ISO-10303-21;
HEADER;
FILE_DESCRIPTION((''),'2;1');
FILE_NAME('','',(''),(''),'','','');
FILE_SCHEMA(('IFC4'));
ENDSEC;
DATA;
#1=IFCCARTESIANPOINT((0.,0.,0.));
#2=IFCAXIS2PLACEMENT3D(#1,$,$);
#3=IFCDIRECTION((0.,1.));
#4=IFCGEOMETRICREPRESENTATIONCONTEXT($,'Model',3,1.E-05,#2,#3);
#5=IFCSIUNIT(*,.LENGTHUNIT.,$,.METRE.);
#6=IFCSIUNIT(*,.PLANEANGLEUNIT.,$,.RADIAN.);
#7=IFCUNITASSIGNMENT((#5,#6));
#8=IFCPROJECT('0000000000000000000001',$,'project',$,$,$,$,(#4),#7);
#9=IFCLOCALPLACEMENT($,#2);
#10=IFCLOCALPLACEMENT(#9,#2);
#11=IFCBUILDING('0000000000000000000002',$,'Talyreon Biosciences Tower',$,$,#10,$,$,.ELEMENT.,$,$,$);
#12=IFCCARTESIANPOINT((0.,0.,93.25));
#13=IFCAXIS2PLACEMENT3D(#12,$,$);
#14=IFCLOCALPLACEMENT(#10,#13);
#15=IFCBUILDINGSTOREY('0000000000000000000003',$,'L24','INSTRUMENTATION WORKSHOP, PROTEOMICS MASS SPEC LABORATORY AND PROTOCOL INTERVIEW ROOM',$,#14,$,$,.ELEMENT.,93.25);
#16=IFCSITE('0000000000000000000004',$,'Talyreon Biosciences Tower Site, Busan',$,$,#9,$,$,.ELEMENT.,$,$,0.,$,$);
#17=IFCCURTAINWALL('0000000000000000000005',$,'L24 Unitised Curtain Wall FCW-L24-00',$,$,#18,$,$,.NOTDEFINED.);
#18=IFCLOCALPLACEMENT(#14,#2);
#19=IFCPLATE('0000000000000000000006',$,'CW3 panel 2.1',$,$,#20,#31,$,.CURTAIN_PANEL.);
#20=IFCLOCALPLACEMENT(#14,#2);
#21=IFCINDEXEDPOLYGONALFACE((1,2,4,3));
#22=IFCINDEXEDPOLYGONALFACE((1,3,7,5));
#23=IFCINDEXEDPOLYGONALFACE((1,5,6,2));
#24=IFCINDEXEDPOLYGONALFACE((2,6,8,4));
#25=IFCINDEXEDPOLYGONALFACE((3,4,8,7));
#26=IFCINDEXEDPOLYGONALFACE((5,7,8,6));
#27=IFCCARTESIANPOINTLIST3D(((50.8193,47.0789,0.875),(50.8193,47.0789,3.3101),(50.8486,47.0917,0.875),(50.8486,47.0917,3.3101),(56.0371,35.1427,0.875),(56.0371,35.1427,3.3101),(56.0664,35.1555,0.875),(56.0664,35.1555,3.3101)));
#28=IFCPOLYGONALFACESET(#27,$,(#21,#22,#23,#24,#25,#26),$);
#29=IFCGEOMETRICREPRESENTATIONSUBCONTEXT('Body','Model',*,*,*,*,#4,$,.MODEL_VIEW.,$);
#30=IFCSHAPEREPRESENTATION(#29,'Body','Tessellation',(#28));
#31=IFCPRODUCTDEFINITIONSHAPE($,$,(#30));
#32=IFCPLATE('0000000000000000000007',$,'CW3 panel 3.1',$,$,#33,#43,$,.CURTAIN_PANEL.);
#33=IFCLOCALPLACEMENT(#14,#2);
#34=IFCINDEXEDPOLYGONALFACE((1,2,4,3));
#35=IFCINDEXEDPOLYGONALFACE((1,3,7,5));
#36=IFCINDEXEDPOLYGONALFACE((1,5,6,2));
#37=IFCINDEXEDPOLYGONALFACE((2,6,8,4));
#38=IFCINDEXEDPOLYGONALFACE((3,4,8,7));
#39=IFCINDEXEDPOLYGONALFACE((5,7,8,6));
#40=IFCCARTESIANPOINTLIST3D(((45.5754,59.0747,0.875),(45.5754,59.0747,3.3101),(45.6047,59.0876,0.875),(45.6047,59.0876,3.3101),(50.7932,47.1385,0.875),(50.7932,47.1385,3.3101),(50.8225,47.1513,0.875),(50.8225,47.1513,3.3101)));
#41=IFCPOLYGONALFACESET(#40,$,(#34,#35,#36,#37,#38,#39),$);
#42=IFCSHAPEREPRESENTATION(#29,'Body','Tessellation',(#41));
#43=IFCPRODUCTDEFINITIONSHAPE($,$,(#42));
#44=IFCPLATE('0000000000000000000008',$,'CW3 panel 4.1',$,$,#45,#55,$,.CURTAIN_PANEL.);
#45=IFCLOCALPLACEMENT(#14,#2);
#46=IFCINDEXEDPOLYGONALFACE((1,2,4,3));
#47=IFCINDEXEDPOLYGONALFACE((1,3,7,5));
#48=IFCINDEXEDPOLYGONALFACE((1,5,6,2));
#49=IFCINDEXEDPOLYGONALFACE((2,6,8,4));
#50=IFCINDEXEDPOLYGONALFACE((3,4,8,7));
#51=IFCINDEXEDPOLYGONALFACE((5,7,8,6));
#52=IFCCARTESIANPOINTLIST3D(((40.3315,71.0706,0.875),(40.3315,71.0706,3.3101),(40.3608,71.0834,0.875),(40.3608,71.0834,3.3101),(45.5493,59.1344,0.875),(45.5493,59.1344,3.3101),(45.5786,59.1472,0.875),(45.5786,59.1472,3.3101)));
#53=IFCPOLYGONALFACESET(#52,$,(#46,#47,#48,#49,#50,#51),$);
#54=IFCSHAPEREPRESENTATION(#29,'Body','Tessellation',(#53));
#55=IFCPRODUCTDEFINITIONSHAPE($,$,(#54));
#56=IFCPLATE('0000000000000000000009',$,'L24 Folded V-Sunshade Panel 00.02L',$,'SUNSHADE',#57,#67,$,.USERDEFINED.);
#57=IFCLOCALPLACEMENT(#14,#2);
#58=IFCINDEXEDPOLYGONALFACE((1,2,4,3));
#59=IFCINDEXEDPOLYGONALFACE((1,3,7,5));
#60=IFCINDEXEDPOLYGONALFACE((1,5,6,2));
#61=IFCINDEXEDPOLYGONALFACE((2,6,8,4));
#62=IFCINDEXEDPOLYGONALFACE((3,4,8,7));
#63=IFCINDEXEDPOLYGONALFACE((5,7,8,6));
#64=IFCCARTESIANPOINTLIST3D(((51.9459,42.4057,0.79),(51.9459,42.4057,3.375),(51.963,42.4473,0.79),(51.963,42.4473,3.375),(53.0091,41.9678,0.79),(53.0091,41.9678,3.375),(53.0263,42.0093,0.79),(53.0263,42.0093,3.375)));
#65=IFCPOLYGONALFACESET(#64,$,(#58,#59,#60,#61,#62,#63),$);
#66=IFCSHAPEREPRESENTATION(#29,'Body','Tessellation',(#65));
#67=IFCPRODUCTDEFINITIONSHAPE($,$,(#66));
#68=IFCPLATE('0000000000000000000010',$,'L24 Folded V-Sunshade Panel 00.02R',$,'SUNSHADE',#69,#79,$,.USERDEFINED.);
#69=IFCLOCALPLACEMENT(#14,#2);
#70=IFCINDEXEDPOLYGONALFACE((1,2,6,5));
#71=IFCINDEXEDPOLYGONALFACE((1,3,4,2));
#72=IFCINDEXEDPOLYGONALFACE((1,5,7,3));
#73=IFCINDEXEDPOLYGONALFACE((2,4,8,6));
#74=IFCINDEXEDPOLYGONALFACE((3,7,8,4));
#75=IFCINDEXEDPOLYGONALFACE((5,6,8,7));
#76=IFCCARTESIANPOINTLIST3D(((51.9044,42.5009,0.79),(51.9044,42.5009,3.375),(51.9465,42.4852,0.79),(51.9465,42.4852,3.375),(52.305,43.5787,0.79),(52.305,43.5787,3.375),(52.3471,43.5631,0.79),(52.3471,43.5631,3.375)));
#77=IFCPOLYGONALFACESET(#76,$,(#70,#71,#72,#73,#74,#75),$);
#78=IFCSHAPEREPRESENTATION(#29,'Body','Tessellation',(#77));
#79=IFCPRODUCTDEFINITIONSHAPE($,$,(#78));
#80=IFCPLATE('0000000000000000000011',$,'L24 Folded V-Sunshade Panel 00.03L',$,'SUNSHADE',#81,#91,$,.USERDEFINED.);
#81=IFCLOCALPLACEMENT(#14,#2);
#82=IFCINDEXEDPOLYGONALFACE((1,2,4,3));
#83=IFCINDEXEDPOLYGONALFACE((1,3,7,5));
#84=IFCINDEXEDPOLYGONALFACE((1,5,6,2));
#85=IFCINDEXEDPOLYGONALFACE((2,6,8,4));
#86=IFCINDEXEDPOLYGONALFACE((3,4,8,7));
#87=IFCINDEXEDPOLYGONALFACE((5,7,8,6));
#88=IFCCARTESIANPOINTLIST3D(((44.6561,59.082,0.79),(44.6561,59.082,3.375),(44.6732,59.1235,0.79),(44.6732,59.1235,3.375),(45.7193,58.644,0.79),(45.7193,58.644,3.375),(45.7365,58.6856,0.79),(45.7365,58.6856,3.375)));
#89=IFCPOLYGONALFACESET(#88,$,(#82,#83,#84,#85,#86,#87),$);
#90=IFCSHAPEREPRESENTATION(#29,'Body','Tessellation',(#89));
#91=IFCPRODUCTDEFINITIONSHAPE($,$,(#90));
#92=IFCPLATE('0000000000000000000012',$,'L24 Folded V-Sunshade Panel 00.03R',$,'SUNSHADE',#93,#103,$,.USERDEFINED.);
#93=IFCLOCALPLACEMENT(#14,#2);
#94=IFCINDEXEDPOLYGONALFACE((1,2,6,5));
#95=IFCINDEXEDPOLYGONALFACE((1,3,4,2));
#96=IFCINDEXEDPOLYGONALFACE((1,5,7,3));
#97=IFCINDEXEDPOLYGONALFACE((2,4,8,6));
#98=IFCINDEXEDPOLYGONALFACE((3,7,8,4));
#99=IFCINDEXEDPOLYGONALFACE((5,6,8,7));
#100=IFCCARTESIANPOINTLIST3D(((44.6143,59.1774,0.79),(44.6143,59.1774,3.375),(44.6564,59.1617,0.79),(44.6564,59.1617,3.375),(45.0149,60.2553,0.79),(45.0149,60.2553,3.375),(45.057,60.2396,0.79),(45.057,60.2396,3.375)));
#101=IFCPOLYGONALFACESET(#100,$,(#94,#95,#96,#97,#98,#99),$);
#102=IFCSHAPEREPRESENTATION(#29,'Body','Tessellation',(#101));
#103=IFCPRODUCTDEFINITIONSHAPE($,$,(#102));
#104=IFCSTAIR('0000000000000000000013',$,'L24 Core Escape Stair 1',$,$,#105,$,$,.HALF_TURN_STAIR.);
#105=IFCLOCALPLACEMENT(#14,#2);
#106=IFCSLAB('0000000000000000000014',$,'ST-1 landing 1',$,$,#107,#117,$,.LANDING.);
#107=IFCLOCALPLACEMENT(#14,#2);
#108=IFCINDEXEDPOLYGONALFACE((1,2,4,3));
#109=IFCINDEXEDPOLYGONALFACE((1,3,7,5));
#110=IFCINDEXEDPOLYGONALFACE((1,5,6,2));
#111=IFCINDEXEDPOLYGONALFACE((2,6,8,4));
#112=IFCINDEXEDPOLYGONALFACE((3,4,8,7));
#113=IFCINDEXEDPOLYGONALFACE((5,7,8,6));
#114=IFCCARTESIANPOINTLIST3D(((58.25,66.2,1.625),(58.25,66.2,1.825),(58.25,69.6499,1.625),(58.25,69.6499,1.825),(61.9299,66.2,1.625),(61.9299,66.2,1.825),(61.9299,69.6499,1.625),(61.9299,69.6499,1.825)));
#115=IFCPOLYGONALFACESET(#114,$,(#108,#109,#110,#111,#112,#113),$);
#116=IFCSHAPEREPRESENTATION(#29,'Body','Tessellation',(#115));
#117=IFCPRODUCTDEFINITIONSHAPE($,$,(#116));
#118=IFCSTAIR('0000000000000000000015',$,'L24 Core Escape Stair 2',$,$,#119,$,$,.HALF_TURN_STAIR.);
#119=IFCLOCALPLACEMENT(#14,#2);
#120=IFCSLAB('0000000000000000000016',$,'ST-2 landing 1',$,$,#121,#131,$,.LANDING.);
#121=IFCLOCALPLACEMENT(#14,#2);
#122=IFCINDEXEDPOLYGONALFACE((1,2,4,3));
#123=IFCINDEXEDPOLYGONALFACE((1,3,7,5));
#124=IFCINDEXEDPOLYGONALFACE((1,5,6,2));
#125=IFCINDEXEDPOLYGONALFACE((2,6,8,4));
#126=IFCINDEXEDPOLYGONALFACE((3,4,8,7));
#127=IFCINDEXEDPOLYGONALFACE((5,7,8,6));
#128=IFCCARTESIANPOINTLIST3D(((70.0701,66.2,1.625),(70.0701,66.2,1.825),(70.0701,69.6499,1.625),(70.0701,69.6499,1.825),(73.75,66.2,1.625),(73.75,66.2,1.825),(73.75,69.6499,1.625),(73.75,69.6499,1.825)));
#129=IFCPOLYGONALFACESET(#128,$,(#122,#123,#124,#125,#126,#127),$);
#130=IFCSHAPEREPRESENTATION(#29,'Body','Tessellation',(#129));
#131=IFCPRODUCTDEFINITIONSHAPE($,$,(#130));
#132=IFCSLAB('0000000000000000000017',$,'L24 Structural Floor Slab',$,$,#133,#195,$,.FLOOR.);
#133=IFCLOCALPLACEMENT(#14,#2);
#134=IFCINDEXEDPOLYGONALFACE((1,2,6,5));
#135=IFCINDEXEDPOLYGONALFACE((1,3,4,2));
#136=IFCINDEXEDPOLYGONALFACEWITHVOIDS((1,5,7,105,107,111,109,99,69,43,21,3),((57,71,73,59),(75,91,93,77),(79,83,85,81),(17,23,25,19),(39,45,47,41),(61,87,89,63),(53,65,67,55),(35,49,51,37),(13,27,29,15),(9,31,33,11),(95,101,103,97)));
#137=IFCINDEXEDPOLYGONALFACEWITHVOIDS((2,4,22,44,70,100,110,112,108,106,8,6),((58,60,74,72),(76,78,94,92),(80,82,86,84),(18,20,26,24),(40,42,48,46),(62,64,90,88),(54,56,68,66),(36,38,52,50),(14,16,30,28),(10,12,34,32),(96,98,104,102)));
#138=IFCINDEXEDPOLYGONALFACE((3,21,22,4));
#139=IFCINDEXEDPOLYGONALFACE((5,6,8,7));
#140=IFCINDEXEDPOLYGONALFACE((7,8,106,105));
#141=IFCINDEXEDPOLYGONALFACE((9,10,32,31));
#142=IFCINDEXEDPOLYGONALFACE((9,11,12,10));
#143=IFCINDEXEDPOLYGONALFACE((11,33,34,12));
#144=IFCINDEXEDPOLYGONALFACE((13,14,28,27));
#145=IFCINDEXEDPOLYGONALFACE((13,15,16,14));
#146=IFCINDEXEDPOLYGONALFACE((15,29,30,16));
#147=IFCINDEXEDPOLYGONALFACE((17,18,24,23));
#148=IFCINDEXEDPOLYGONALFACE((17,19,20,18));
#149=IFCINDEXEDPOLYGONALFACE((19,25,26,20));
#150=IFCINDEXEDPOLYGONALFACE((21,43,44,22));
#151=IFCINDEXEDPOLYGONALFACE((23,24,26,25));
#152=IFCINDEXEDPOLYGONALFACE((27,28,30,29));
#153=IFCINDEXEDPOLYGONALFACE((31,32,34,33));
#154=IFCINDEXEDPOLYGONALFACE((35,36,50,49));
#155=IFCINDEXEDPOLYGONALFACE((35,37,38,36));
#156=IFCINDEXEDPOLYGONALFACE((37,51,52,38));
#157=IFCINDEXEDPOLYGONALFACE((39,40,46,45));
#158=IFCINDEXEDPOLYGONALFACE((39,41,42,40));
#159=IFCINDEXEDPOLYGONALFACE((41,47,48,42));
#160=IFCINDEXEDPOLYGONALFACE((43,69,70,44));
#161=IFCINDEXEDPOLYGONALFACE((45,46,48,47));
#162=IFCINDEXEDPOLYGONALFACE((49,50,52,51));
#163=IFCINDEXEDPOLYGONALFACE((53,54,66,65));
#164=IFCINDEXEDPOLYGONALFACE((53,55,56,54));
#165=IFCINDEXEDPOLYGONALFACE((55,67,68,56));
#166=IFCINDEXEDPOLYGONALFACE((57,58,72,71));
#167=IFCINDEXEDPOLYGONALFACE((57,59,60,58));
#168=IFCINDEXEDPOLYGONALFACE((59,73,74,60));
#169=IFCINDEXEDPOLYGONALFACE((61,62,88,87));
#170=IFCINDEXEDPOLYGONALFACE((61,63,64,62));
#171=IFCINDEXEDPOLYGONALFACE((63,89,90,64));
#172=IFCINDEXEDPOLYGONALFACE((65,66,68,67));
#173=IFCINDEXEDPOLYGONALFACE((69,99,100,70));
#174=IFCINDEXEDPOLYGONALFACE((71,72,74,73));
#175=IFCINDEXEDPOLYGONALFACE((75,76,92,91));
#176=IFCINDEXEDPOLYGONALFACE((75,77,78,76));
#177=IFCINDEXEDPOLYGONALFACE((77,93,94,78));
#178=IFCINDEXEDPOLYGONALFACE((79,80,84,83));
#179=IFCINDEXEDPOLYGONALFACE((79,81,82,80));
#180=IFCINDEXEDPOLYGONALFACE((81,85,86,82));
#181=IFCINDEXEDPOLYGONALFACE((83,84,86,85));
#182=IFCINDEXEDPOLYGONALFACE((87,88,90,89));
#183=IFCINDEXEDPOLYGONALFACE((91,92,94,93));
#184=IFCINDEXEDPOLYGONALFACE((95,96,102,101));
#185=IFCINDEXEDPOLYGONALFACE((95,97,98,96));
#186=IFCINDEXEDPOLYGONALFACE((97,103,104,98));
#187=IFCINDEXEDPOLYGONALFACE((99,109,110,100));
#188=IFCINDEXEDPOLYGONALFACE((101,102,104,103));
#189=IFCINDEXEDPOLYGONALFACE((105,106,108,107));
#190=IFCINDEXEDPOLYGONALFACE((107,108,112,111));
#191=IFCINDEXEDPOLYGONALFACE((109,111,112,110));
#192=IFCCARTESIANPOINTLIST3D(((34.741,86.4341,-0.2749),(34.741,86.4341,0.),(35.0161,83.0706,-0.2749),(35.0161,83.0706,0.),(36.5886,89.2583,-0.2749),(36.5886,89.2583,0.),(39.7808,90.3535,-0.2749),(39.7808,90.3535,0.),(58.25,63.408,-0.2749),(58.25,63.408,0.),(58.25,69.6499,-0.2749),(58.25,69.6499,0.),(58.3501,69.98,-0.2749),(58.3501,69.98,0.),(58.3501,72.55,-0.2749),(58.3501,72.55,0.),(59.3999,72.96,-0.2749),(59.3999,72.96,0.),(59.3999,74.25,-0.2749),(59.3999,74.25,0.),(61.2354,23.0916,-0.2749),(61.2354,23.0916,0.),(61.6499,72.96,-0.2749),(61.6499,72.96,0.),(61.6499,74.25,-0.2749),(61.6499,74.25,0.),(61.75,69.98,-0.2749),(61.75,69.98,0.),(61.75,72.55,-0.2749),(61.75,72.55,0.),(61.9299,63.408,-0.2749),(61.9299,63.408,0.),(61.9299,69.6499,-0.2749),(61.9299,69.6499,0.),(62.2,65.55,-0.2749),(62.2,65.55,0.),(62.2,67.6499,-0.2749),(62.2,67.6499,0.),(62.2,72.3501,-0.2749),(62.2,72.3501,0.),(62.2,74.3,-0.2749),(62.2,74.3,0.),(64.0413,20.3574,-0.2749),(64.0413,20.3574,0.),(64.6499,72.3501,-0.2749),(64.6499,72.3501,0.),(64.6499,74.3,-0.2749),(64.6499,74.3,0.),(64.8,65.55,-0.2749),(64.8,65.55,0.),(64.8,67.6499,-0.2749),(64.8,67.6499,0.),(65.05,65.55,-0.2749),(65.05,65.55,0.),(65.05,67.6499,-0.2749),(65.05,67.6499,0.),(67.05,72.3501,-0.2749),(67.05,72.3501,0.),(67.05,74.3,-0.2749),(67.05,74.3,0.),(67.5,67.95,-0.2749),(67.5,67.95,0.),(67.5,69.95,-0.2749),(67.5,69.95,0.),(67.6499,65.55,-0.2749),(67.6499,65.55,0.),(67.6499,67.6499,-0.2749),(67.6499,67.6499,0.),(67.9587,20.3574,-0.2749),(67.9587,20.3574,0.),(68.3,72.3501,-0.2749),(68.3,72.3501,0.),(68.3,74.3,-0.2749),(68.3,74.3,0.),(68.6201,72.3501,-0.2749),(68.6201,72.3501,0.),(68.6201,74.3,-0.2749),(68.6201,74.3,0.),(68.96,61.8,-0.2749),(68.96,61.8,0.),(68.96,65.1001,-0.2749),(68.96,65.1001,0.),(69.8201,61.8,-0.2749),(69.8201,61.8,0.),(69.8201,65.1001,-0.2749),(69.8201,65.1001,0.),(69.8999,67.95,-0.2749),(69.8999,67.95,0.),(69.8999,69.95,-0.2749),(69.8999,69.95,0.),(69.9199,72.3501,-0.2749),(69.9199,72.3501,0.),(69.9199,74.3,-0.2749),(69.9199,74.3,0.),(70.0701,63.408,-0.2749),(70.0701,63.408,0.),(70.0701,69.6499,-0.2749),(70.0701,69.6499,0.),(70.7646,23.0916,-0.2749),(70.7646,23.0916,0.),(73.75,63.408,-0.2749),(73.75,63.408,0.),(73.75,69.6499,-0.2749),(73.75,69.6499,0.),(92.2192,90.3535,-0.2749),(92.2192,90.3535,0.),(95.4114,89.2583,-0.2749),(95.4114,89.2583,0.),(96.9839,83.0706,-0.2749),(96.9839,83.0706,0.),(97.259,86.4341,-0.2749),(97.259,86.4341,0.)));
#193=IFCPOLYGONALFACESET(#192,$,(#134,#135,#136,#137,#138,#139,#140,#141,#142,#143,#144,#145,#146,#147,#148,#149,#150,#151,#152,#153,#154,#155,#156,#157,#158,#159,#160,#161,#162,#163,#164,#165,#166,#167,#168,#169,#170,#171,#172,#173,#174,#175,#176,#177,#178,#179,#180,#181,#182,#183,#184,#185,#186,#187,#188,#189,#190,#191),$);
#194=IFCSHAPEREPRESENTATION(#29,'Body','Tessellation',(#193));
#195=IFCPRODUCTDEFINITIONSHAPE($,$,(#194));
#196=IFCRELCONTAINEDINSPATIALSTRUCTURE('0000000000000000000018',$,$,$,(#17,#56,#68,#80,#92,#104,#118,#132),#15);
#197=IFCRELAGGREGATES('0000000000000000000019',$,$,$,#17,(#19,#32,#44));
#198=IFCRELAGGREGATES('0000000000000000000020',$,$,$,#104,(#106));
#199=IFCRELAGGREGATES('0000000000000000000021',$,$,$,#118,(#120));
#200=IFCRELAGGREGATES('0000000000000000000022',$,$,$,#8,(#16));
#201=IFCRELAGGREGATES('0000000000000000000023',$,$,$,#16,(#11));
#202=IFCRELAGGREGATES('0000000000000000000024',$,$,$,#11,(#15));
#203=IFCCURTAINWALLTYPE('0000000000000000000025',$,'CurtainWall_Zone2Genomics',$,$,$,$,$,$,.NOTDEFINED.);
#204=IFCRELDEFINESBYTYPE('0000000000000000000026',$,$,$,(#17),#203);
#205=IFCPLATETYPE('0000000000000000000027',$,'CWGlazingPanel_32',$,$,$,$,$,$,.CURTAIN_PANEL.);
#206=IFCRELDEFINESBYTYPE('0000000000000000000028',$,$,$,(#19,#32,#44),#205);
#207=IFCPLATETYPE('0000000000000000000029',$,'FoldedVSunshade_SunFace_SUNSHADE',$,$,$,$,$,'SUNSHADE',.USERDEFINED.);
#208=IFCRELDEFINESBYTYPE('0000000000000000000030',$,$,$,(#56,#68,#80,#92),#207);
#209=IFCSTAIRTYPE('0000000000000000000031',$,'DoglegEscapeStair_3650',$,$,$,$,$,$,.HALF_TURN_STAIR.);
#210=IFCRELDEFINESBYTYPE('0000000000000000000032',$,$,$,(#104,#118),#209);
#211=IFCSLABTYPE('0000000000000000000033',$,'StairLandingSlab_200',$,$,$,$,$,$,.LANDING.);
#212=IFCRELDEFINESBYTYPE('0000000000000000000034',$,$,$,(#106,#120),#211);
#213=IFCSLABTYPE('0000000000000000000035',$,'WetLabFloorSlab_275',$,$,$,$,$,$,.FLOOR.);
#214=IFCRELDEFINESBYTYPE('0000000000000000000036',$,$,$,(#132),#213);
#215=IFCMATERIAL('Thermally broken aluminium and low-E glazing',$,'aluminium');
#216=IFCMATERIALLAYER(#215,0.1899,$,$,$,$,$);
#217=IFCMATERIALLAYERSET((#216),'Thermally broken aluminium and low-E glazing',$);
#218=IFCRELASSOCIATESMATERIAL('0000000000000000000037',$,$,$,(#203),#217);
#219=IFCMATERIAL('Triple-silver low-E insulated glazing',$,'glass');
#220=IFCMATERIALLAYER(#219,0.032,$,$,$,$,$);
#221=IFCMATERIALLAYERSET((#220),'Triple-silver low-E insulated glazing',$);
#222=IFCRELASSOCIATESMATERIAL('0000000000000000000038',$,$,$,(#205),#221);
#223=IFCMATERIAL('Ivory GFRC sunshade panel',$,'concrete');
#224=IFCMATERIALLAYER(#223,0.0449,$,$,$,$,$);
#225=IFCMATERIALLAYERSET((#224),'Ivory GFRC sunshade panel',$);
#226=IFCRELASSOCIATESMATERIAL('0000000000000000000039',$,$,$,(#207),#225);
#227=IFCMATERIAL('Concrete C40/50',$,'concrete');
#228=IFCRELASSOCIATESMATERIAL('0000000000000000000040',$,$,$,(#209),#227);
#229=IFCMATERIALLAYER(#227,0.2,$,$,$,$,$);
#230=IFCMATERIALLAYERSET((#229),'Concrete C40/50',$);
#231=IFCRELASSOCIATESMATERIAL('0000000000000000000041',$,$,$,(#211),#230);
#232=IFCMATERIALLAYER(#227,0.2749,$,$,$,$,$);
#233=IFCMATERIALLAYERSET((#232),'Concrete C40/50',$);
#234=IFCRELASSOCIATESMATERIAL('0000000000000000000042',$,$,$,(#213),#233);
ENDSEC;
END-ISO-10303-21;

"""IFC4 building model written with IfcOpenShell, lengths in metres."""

from ifc_helpers import new_model, si_unit, direction, frame, origin, origin_2d, place, context, subcontext, project, spatial, polyline, rectangle, outline, extrude, material, layer, layer_set, type_object, element, aggregate, save


model = new_model("IFC4")

# Units and contexts
model_context = context("Model", 3, precision=1e-05, world=origin(), true_north=direction((0.0, 1.0)))
body_context = subcontext(model_context, "Body", "Model", "MODEL_VIEW")
ifc_project = project(units=[si_unit("LENGTHUNIT", "METRE"), si_unit("PLANEANGLEUNIT", "RADIAN")], contexts=[model_context])

# Site, building, storey
site_placement = place(None, origin())
site = spatial("IfcSite", under=ifc_project, at=site_placement, Name="Talyreon Biosciences Tower Site, Busan", CompositionType="ELEMENT", RefElevation=0.0)
building_placement = place(site_placement, origin())
building = spatial("IfcBuilding", under=site, at=building_placement, Name="Talyreon Biosciences Tower", CompositionType="ELEMENT")
storey_placement = place(building_placement, frame((0.0, 0.0, 93.25)))
storey = spatial("IfcBuildingStorey", under=building, at=storey_placement, Name="L24", Description="INSTRUMENTATION WORKSHOP, PROTEOMICS MASS SPEC LABORATORY AND PROTOCOL INTERVIEW ROOM", CompositionType="ELEMENT", Elevation=93.25)

# Curtain wall
ifc_material_1 = material(Name="Thermally broken aluminium and low-E glazing", Category="aluminium")
ifc_layer_1 = layer(ifc_material_1, 0.1899)
ifc_layer_set_1 = layer_set([ifc_layer_1], Name="Thermally broken aluminium and low-E glazing")
curtain_wall_type = type_object("IfcCurtainWallType", Name="CurtainWall_Zone2Genomics", PredefinedType="NOTDEFINED", material=ifc_layer_set_1)
curtain_wall_placement = place(storey_placement, origin())
curtain_wall = element("IfcCurtainWall", 1, at=curtain_wall_placement, inside=storey, type_object=curtain_wall_type, Name="L24 Unitised Curtain Wall FCW-L24-00", PredefinedType="NOTDEFINED")

# Plates
ifc_material_2 = material(Name="Triple-silver low-E insulated glazing", Category="glass")
ifc_layer_2 = layer(ifc_material_2, 0.032)
ifc_layer_set_2 = layer_set([ifc_layer_2], Name="Triple-silver low-E insulated glazing")
plate_type_1 = type_object("IfcPlateType", Name="CWGlazingPanel_32", PredefinedType="CURTAIN_PANEL", material=ifc_layer_set_2)
plate_1_placement = place(storey_placement, frame((53.4429, 41.1172, 0.875), z_axis=(0.0, 0.0, 1.0), x_axis=(-0.400542, 0.916278, 0.0)))
plate_1 = element("IfcPlate", 2, at=plate_1_placement, type_object=plate_type_1, Name="CW3 panel 2.1", PredefinedType="CURTAIN_PANEL", context=body_context, shape_type="SweptSolid", body=[
    extrude(rectangle(XDim=13.0269, YDim=0.032, at=origin_2d()), origin(), (0.0, 0.0, 1.0), 2.4351),
])
plate_2_placement = place(storey_placement, frame((48.199, 53.113, 0.875), z_axis=(0.0, 0.0, 1.0), x_axis=(-0.400542, 0.916278, 0.0)))
plate_2 = element("IfcPlate", 3, at=plate_2_placement, type_object=plate_type_1, Name="CW3 panel 3.1", PredefinedType="CURTAIN_PANEL", context=body_context, shape_type="SweptSolid", body=[
    extrude(rectangle(XDim=13.0269, YDim=0.032, at=origin_2d()), origin(), (0.0, 0.0, 1.0), 2.4351),
])
plate_3_placement = place(storey_placement, frame((42.9551, 65.1089, 0.875), z_axis=(0.0, 0.0, 1.0), x_axis=(-0.400542, 0.916278, 0.0)))
plate_3 = element("IfcPlate", 4, at=plate_3_placement, type_object=plate_type_1, Name="CW3 panel 4.1", PredefinedType="CURTAIN_PANEL", context=body_context, shape_type="SweptSolid", body=[
    extrude(rectangle(XDim=13.0269, YDim=0.032, at=origin_2d()), origin(), (0.0, 0.0, 1.0), 2.4351),
])
aggregate(curtain_wall, [plate_1, plate_2, plate_3])

# Plates
ifc_material_3 = material(Name="Ivory GFRC sunshade panel", Category="concrete")
ifc_layer_3 = layer(ifc_material_3, 0.0449)
ifc_layer_set_3 = layer_set([ifc_layer_3], Name="Ivory GFRC sunshade panel")
plate_type_2 = type_object("IfcPlateType", Name="FoldedVSunshade_SunFace_SUNSHADE", ElementType="SUNSHADE", PredefinedType="USERDEFINED", material=ifc_layer_set_3)
for number, where, z_axis, x_axis, name in (
    (5, (52.4861, 42.2075, 0.79), (0.0, 0.0, 1.0), (-0.924626, 0.380877, 0.0), "L24 Folded V-Sunshade Panel 00.02L"),
    (6, (52.1257, 43.032, 0.79), (0.0, 0.0, 1.0), (0.348376, 0.937355, 0.0), "L24 Folded V-Sunshade Panel 00.02R"),
    (7, (45.1963, 58.8838, 0.79), (0.0, 0.0, 1.0), (-0.924626, 0.380877, 0.0), "L24 Folded V-Sunshade Panel 00.03L"),
    (8, (44.8357, 59.7085, 0.79), (0.0, 0.0, 1.0), (0.348376, 0.937355, 0.0), "L24 Folded V-Sunshade Panel 00.03R"),
):
    element("IfcPlate", number, at=place(storey_placement, frame(where, z_axis=z_axis, x_axis=x_axis)), inside=storey, type_object=plate_type_2, Name=name, ObjectType="SUNSHADE", PredefinedType="USERDEFINED", context=body_context, shape_type="SweptSolid", body=[
        extrude(rectangle(XDim=1.1499, YDim=0.0449, at=origin_2d()), origin(), (0.0, 0.0, 1.0), 2.585),
    ])

# Stairs, slabs
ifc_material_4 = material(Name="Concrete C40/50", Category="concrete")
stair_type = type_object("IfcStairType", Name="DoglegEscapeStair_3650", PredefinedType="HALF_TURN_STAIR", material=ifc_material_4)
stair_1_placement = place(storey_placement, origin())
stair_1 = element("IfcStair", 9, at=stair_1_placement, inside=storey, type_object=stair_type, Name="L24 Core Escape Stair 1", PredefinedType="HALF_TURN_STAIR")
ifc_layer_4 = layer(ifc_material_4, 0.2)
ifc_layer_set_4 = layer_set([ifc_layer_4], Name="Concrete C40/50")
slab_type_1 = type_object("IfcSlabType", Name="StairLandingSlab_200", PredefinedType="LANDING", material=ifc_layer_set_4)
slab_1_placement = place(storey_placement, frame((0.0, 0.0, 1.625)))
slab_1 = element("IfcSlab", 10, at=slab_1_placement, type_object=slab_type_1, Name="ST-1 landing 1", PredefinedType="LANDING", context=body_context, shape_type="SweptSolid", body=[
    extrude(outline(polyline([(61.9299, 66.2), (61.9299, 69.6499), (58.25, 69.6499), (58.25, 66.2), (61.9299, 66.2)])), origin(), (0.0, 0.0, 1.0), 0.2),
])
aggregate(stair_1, [slab_1])
stair_2_placement = place(storey_placement, origin())
stair_2 = element("IfcStair", 11, at=stair_2_placement, inside=storey, type_object=stair_type, Name="L24 Core Escape Stair 2", PredefinedType="HALF_TURN_STAIR")
slab_2_placement = place(storey_placement, frame((0.0, 0.0, 1.625)))
slab_2 = element("IfcSlab", 12, at=slab_2_placement, type_object=slab_type_1, Name="ST-2 landing 1", PredefinedType="LANDING", context=body_context, shape_type="SweptSolid", body=[
    extrude(outline(polyline([(73.75, 66.2), (73.75, 69.6499), (70.0701, 69.6499), (70.0701, 66.2), (73.75, 66.2)])), origin(), (0.0, 0.0, 1.0), 0.2),
])
aggregate(stair_2, [slab_2])

# Slab
ifc_layer_5 = layer(ifc_material_4, 0.2749)
ifc_layer_set_5 = layer_set([ifc_layer_5], Name="Concrete C40/50")
slab_type_2 = type_object("IfcSlabType", Name="WetLabFloorSlab_275", PredefinedType="FLOOR", material=ifc_layer_set_5)
slab_3_placement = place(storey_placement, frame((0.0, 0.0, -0.2749)))
element("IfcSlab", 13, at=slab_3_placement, inside=storey, type_object=slab_type_2, Name="L24 Structural Floor Slab", PredefinedType="FLOOR", context=body_context, shape_type="SweptSolid", body=[
    extrude(outline(polyline([(61.2354, 23.0916), (35.0161, 83.0706), (34.741, 86.4341), (36.5886, 89.2583), (39.7808, 90.3535), (92.2192, 90.3535), (95.4114, 89.2583), (97.259, 86.4341), (96.9839, 83.0706), (70.7646, 23.0916), (67.9587, 20.3574), (64.0413, 20.3574), (61.2354, 23.0916)]), holes=[polyline([(61.9299, 69.6499), (61.9299, 63.408), (58.25, 63.408), (58.25, 69.6499), (61.9299, 69.6499)]), polyline([(64.8, 67.6499), (64.8, 65.55), (62.2, 65.55), (62.2, 67.6499), (64.8, 67.6499)]), polyline([(67.6499, 67.6499), (67.6499, 65.55), (65.05, 65.55), (65.05, 67.6499), (67.6499, 67.6499)]), polyline([(61.75, 69.98), (58.3501, 69.98), (58.3501, 72.55), (61.75, 72.55), (61.75, 69.98)]), polyline([(64.6499, 72.3501), (62.2, 72.3501), (62.2, 74.3), (64.6499, 74.3), (64.6499, 72.3501)]), polyline([(61.6499, 74.25), (61.6499, 72.96), (59.3999, 72.96), (59.3999, 74.25), (61.6499, 74.25)]), polyline([(69.8201, 61.8), (68.96, 61.8), (68.96, 65.1001), (69.8201, 65.1001), (69.8201, 61.8)]), polyline([(73.75, 63.408), (70.0701, 63.408), (70.0701, 69.6499), (73.75, 69.6499), (73.75, 63.408)]), polyline([(69.8999, 69.95), (69.8999, 67.95), (67.5, 67.95), (67.5, 69.95), (69.8999, 69.95)]), polyline([(68.3, 72.3501), (67.05, 72.3501), (67.05, 74.3), (68.3, 74.3), (68.3, 72.3501)]), polyline([(69.9199, 72.3501), (68.6201, 72.3501), (68.6201, 74.3), (69.9199, 74.3), (69.9199, 72.3501)])]), origin(), (0.0, 0.0, 1.0), 0.2749),
])

save(model, "model.ifc")
